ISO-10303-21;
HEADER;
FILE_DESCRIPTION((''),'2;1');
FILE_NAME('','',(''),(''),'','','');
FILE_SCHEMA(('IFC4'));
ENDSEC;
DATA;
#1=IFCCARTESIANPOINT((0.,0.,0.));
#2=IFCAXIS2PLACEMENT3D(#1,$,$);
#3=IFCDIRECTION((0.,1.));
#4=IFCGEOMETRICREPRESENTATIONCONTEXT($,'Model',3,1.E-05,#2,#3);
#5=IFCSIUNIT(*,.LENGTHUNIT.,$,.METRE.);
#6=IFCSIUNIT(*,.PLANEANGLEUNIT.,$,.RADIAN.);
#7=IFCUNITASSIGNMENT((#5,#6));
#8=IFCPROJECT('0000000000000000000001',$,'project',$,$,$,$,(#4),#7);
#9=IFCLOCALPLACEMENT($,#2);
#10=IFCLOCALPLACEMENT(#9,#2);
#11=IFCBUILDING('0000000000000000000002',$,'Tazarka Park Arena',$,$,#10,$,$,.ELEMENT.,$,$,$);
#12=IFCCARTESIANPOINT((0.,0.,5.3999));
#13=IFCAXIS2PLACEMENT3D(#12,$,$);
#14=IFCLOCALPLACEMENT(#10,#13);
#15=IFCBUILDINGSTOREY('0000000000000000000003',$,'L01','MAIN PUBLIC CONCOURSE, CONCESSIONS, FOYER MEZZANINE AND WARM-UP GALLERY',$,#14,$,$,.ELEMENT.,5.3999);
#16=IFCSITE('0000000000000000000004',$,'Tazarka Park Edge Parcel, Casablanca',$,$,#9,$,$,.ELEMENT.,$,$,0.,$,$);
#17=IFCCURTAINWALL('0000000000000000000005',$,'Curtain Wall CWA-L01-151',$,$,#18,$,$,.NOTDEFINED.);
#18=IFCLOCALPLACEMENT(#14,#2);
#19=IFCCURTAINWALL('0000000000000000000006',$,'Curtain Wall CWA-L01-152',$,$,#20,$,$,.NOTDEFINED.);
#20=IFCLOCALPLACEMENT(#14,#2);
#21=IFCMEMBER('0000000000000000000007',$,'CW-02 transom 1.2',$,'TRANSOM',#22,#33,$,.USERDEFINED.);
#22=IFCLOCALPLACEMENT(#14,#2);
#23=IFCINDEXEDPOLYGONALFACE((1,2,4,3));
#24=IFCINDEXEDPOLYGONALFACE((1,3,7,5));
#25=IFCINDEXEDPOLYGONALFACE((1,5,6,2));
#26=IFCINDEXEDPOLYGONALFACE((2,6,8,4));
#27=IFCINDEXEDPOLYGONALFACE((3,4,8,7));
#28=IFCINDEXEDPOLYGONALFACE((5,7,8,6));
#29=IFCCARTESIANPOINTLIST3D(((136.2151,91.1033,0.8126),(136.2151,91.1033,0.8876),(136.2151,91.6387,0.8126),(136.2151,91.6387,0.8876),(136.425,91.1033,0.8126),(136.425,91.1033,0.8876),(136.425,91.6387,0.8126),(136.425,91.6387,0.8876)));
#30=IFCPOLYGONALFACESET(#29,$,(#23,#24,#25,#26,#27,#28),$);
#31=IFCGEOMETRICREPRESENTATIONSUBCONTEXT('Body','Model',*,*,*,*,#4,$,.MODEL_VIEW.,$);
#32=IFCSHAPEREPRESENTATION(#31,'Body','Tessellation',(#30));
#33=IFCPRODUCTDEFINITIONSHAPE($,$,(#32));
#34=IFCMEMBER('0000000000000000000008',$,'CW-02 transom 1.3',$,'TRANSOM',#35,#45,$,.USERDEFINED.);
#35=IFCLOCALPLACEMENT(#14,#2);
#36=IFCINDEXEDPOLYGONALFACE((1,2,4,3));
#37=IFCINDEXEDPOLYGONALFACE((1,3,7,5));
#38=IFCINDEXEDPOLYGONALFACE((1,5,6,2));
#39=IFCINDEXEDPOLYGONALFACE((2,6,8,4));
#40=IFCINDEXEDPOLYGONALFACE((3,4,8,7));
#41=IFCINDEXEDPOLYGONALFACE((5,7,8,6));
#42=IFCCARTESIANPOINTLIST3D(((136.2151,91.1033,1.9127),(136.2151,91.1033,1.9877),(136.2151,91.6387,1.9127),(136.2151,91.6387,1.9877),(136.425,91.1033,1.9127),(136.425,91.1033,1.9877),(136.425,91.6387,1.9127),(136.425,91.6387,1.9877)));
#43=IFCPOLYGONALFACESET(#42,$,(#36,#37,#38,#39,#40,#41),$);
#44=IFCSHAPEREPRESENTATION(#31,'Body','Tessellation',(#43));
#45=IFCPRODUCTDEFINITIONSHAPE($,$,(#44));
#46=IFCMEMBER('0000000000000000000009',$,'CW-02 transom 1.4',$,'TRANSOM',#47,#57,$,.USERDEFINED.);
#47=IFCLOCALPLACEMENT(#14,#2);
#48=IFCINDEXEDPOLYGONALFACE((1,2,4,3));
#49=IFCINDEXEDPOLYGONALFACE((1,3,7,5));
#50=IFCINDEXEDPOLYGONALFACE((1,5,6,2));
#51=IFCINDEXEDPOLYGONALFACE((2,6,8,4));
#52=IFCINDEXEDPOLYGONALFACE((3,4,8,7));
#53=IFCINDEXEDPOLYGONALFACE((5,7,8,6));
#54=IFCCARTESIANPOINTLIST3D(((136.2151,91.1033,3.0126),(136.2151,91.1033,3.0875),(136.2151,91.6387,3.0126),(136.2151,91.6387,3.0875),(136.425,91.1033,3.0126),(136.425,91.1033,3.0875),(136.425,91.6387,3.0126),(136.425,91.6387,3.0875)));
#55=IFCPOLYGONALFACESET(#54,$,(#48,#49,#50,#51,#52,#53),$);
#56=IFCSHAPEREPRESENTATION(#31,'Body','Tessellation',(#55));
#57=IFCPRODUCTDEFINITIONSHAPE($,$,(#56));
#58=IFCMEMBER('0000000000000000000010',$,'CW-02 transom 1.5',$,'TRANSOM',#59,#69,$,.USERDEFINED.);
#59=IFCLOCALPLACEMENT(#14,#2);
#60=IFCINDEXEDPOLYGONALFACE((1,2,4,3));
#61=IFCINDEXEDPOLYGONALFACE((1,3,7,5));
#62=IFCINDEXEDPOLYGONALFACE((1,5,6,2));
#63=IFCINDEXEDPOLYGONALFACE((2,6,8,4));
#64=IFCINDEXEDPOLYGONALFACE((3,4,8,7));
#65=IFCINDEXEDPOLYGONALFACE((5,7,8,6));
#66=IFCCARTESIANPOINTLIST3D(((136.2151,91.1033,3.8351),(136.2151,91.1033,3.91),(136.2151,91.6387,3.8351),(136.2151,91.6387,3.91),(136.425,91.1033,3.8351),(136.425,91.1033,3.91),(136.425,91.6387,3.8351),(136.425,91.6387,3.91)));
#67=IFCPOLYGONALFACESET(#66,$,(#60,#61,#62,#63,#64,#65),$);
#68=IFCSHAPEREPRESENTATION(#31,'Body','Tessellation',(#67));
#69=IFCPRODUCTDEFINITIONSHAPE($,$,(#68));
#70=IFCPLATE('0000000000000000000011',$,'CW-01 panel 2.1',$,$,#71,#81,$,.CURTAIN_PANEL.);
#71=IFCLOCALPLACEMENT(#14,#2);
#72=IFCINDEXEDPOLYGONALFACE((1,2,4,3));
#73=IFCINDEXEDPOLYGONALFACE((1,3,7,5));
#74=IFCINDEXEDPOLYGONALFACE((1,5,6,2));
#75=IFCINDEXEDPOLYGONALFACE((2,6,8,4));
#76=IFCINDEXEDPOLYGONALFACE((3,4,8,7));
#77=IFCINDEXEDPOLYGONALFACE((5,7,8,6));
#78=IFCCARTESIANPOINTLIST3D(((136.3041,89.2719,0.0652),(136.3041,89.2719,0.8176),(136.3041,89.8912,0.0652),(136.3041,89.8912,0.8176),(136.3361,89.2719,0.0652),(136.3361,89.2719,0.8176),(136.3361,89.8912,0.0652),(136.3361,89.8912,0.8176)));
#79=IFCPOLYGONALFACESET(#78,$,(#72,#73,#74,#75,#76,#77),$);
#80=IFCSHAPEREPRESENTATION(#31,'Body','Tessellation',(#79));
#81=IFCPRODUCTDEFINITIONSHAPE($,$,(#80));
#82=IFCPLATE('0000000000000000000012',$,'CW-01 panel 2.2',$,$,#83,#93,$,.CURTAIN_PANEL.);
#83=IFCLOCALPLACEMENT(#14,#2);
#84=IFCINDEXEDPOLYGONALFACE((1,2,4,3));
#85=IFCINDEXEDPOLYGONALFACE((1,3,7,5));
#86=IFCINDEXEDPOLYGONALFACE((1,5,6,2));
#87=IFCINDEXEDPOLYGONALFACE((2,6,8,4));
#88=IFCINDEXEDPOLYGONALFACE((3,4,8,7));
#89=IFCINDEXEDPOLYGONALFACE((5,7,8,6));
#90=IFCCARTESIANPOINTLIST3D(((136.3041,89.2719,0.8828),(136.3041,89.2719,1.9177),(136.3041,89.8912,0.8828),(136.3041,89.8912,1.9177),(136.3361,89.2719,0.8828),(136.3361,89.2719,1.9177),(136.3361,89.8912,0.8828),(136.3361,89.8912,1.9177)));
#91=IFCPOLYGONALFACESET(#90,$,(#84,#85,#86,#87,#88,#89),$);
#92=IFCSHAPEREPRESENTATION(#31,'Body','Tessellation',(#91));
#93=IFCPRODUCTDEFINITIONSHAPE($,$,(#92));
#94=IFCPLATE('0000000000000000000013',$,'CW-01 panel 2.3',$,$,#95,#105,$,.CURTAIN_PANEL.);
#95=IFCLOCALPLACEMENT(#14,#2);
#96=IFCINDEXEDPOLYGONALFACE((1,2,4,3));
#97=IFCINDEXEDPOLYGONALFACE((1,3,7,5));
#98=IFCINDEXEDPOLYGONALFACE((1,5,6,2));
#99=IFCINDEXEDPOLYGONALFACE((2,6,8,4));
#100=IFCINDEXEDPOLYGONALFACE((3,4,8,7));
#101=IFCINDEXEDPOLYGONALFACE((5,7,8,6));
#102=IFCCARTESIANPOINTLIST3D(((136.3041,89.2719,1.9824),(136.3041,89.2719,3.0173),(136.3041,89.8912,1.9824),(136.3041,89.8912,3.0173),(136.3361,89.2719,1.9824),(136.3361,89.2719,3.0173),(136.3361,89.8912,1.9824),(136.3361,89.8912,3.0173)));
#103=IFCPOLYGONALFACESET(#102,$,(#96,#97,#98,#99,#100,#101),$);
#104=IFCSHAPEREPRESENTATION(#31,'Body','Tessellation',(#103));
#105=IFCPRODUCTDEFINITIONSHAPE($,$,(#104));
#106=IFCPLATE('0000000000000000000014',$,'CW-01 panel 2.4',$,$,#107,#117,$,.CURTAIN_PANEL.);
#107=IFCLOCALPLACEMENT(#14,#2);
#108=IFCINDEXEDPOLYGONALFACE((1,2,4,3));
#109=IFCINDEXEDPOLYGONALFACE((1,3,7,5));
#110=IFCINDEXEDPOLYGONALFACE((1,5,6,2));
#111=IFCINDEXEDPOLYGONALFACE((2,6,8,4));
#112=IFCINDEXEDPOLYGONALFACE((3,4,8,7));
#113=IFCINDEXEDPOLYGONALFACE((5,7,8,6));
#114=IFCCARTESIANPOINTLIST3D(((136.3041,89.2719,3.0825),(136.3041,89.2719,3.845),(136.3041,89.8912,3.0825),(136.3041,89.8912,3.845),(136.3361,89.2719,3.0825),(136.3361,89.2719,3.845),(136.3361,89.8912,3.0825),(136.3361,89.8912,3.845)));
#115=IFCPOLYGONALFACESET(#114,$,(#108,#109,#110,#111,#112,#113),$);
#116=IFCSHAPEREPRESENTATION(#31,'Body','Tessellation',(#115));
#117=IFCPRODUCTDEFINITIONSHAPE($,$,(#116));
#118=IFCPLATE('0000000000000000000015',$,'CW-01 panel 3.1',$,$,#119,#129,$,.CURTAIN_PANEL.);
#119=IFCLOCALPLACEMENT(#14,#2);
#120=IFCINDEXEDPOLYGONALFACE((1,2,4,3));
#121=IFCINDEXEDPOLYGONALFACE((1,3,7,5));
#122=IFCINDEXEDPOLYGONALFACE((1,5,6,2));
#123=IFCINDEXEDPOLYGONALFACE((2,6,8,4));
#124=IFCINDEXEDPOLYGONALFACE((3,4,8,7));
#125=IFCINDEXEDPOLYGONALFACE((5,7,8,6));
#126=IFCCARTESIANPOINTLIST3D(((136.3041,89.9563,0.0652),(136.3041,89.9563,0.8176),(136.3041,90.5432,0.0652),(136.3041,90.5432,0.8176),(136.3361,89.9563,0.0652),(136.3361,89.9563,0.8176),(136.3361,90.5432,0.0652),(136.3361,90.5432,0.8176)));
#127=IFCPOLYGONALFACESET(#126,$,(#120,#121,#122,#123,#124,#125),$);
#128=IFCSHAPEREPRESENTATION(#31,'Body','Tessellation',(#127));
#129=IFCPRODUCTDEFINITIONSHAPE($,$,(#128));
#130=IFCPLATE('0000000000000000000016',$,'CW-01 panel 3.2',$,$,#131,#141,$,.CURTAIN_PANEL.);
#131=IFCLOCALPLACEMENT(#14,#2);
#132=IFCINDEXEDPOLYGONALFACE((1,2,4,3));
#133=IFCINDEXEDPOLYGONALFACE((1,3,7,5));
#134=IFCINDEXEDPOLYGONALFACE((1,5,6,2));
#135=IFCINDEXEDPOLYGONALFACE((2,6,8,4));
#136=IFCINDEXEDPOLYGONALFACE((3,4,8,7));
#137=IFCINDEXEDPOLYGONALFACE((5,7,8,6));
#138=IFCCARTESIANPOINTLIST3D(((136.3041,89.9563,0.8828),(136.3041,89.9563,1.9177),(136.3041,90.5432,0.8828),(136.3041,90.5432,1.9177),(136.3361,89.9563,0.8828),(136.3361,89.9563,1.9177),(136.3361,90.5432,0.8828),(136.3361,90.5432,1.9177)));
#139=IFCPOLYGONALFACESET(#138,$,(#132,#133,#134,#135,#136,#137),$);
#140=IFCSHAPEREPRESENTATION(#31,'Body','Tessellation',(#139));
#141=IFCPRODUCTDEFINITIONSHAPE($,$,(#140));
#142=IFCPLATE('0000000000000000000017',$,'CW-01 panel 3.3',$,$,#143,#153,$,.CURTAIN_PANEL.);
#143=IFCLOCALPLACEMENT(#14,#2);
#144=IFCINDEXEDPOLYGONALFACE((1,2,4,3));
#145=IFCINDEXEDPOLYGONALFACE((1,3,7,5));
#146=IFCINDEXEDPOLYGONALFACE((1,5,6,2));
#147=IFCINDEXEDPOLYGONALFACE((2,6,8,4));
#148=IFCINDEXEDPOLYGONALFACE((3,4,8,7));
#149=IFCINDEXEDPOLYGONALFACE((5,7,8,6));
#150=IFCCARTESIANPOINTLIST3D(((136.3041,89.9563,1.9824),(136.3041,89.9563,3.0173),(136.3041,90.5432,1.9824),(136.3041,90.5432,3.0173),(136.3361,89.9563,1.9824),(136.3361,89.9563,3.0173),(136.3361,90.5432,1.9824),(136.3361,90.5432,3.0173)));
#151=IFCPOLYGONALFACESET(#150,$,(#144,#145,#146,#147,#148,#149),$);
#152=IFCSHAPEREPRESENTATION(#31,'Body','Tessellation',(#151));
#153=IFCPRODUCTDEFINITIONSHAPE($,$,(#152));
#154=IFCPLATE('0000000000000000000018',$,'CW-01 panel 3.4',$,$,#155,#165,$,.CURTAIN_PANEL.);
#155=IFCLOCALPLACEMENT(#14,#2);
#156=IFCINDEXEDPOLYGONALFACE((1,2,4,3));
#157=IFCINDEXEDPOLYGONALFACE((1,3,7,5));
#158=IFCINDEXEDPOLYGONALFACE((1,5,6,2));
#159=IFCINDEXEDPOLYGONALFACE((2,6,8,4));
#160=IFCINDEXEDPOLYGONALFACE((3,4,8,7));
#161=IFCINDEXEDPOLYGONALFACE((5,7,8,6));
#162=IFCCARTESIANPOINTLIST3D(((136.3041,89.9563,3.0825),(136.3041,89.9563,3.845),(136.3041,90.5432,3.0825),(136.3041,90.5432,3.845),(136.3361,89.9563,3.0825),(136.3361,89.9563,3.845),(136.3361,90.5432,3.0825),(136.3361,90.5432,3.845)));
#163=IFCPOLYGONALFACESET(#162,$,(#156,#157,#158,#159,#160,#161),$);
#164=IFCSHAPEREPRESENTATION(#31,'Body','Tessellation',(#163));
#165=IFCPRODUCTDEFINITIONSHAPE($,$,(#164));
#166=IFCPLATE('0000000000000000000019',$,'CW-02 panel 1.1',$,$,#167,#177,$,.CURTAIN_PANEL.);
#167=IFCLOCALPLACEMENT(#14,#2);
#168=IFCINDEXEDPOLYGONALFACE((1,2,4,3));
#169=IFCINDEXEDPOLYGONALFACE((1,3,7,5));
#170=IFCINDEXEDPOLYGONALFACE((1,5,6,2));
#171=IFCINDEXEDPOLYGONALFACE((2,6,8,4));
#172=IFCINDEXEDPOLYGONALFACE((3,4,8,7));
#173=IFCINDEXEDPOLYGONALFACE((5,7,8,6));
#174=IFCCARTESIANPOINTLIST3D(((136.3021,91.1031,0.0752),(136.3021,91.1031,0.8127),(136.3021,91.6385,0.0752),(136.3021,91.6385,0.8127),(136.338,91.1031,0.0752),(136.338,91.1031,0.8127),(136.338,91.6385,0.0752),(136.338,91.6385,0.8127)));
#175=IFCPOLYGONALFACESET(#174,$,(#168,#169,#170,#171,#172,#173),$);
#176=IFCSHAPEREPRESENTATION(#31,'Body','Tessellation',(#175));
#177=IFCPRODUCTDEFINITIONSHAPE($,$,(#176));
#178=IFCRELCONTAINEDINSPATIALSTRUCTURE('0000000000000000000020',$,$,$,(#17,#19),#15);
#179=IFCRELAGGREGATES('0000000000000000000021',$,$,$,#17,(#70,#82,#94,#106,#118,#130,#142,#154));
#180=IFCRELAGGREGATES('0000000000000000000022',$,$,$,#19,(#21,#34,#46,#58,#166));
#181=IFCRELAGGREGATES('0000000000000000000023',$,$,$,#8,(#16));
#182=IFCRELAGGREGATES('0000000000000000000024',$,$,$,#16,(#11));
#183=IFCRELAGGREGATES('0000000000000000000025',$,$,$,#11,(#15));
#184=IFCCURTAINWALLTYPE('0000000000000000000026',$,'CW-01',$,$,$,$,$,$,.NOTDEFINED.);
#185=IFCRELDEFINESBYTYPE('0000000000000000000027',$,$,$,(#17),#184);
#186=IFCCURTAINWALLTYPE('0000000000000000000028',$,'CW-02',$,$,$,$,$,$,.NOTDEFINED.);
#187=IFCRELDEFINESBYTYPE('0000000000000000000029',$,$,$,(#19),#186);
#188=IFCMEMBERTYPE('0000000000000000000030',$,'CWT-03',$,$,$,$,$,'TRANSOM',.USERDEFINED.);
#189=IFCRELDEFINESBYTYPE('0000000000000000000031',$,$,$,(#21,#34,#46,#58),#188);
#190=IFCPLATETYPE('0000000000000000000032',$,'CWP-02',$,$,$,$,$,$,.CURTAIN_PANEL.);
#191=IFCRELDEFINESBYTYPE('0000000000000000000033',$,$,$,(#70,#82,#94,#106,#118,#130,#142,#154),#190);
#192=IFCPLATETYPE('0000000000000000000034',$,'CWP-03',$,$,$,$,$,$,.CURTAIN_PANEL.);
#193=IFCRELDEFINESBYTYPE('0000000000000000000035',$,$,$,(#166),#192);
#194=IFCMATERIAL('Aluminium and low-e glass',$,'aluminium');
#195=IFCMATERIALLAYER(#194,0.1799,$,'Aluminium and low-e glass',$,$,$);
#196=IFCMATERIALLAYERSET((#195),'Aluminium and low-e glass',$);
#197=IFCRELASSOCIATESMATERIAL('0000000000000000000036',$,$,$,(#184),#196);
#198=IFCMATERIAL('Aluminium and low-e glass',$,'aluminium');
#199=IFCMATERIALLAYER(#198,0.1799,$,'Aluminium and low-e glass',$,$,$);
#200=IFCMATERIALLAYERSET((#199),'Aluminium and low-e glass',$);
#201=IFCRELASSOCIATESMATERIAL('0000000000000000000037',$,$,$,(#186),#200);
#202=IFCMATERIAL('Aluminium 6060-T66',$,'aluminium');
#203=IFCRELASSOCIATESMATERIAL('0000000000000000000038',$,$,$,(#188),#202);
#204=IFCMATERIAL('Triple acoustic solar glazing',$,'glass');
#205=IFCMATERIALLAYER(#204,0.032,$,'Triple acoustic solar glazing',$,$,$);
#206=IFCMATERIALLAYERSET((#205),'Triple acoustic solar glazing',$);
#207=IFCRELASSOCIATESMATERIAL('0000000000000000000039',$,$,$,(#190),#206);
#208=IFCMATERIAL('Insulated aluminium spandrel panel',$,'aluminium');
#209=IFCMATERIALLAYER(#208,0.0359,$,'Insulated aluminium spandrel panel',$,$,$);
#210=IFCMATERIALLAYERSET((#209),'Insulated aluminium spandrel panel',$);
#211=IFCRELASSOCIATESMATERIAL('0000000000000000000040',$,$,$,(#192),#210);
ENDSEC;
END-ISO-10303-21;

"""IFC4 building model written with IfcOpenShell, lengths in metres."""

from ifc_helpers import new_model, si_unit, direction, frame, origin, origin_2d, place, context, subcontext, project, spatial, rectangle, extrude, material, layer, layer_set, material_profile, profile_set, type_object, element, aggregate, save


model = new_model("IFC4")

# Units and contexts
model_context = context("Model", 3, precision=1e-05, world=origin(), true_north=direction((0.0, 1.0)))
body_context = subcontext(model_context, "Body", "Model", "MODEL_VIEW")
ifc_project = project(units=[si_unit("LENGTHUNIT", "METRE"), si_unit("PLANEANGLEUNIT", "RADIAN")], contexts=[model_context])

# Site, building, storey
site_placement = place(None, origin())
site = spatial("IfcSite", under=ifc_project, at=site_placement, Name="Tazarka Park Edge Parcel, Casablanca", CompositionType="ELEMENT", RefElevation=0.0)
building_placement = place(site_placement, origin())
building = spatial("IfcBuilding", under=site, at=building_placement, Name="Tazarka Park Arena", CompositionType="ELEMENT")
storey_placement = place(building_placement, frame((0.0, 0.0, 5.3999)))
storey = spatial("IfcBuildingStorey", under=building, at=storey_placement, Name="L01", Description="MAIN PUBLIC CONCOURSE, CONCESSIONS, FOYER MEZZANINE AND WARM-UP GALLERY", CompositionType="ELEMENT", Elevation=5.3999)

# Curtain wall
ifc_material_1 = material(Name="Aluminium and low-e glass", Category="aluminium")
ifc_layer_1 = layer(ifc_material_1, 0.1799, Name="Aluminium and low-e glass")
ifc_layer_set_1 = layer_set([ifc_layer_1], Name="Aluminium and low-e glass")
curtain_wall_type_1 = type_object("IfcCurtainWallType", Name="CW-01", PredefinedType="NOTDEFINED", material=ifc_layer_set_1)
curtain_wall_1_placement = place(storey_placement, origin())
curtain_wall_1 = element("IfcCurtainWall", 1, at=curtain_wall_1_placement, inside=storey, type_object=curtain_wall_type_1, Name="Curtain Wall CWA-L01-151", PredefinedType="NOTDEFINED")

# Curtain wall
ifc_material_2 = material(Name="Aluminium and low-e glass", Category="aluminium")
ifc_layer_2 = layer(ifc_material_2, 0.1799, Name="Aluminium and low-e glass")
ifc_layer_set_2 = layer_set([ifc_layer_2], Name="Aluminium and low-e glass")
curtain_wall_type_2 = type_object("IfcCurtainWallType", Name="CW-02", PredefinedType="NOTDEFINED", material=ifc_layer_set_2)
curtain_wall_2_placement = place(storey_placement, origin())
curtain_wall_2 = element("IfcCurtainWall", 2, at=curtain_wall_2_placement, inside=storey, type_object=curtain_wall_type_2, Name="Curtain Wall CWA-L01-152", PredefinedType="NOTDEFINED")

# Members
ifc_material_3 = material(Name="Aluminium 6060-T66", Category="aluminium")
ifc_material_profile_1 = material_profile(ifc_material_3, rectangle(XDim=0.21, YDim=0.075, at=origin_2d()), Name="Aluminium 6060-T66")
ifc_profile_set_1 = profile_set([ifc_material_profile_1], Name="Aluminium 6060-T66")
member_type_1 = type_object("IfcMemberType", Name="CWT-03", ElementType="TRANSOM", PredefinedType="USERDEFINED", material=ifc_profile_set_1)
member_1_placement = place(storey_placement, frame((136.3201, 91.1033, 0.8501), z_axis=(0.0, 1.0, 0.0), x_axis=(-1.0, 0.0, 0.0)))
member_1 = element("IfcMember", 3, at=member_1_placement, type_object=member_type_1, Name="CW-02 transom 1.2", ObjectType="TRANSOM", PredefinedType="USERDEFINED", context=body_context, shape_type="SweptSolid", body=[
    extrude(rectangle(XDim=0.21, YDim=0.075, at=origin_2d()), origin(), (0.0, 0.0, 1.0), 0.5354),
])
member_2_placement = place(storey_placement, frame((136.3201, 91.1033, 1.9502), z_axis=(0.0, 1.0, 0.0), x_axis=(-1.0, 0.0, 0.0)))
member_2 = element("IfcMember", 4, at=member_2_placement, type_object=member_type_1, Name="CW-02 transom 1.3", ObjectType="TRANSOM", PredefinedType="USERDEFINED", context=body_context, shape_type="SweptSolid", body=[
    extrude(rectangle(XDim=0.21, YDim=0.075, at=origin_2d()), origin(), (0.0, 0.0, 1.0), 0.5354),
])
member_3_placement = place(storey_placement, frame((136.3201, 91.1033, 3.05), z_axis=(0.0, 1.0, 0.0), x_axis=(-1.0, 0.0, 0.0)))
member_3 = element("IfcMember", 5, at=member_3_placement, type_object=member_type_1, Name="CW-02 transom 1.4", ObjectType="TRANSOM", PredefinedType="USERDEFINED", context=body_context, shape_type="SweptSolid", body=[
    extrude(rectangle(XDim=0.21, YDim=0.075, at=origin_2d()), origin(), (0.0, 0.0, 1.0), 0.5354),
])
member_4_placement = place(storey_placement, frame((136.3201, 91.1033, 3.8726), z_axis=(0.0, 1.0, 0.0), x_axis=(-1.0, 0.0, 0.0)))
member_4 = element("IfcMember", 6, at=member_4_placement, type_object=member_type_1, Name="CW-02 transom 1.5", ObjectType="TRANSOM", PredefinedType="USERDEFINED", context=body_context, shape_type="SweptSolid", body=[
    extrude(rectangle(XDim=0.21, YDim=0.075, at=origin_2d()), origin(), (0.0, 0.0, 1.0), 0.5354),
])

# Plates
ifc_material_4 = material(Name="Triple acoustic solar glazing", Category="glass")
ifc_layer_3 = layer(ifc_material_4, 0.032, Name="Triple acoustic solar glazing")
ifc_layer_set_3 = layer_set([ifc_layer_3], Name="Triple acoustic solar glazing")
plate_type_1 = type_object("IfcPlateType", Name="CWP-02", PredefinedType="CURTAIN_PANEL", material=ifc_layer_set_3)
plate_1_placement = place(storey_placement, frame((136.3201, 89.5815, 0.0652), z_axis=(0.0, 0.0, 1.0), x_axis=(0.0, 1.0, 0.0)))
plate_1 = element("IfcPlate", 7, at=plate_1_placement, type_object=plate_type_1, Name="CW-01 panel 2.1", PredefinedType="CURTAIN_PANEL", context=body_context, shape_type="SweptSolid", body=[
    extrude(rectangle(XDim=0.6194, YDim=0.032, at=origin_2d()), origin(), (0.0, 0.0, 1.0), 0.7524),
])
plate_2_placement = place(storey_placement, frame((136.3201, 89.5815, 0.8828), z_axis=(0.0, 0.0, 1.0), x_axis=(0.0, 1.0, 0.0)))
plate_2 = element("IfcPlate", 8, at=plate_2_placement, type_object=plate_type_1, Name="CW-01 panel 2.2", PredefinedType="CURTAIN_PANEL", context=body_context, shape_type="SweptSolid", body=[
    extrude(rectangle(XDim=0.6194, YDim=0.032, at=origin_2d()), origin(), (0.0, 0.0, 1.0), 1.0349),
])
plate_3_placement = place(storey_placement, frame((136.3201, 89.5815, 1.9824), z_axis=(0.0, 0.0, 1.0), x_axis=(0.0, 1.0, 0.0)))
plate_3 = element("IfcPlate", 9, at=plate_3_placement, type_object=plate_type_1, Name="CW-01 panel 2.3", PredefinedType="CURTAIN_PANEL", context=body_context, shape_type="SweptSolid", body=[
    extrude(rectangle(XDim=0.6194, YDim=0.032, at=origin_2d()), origin(), (0.0, 0.0, 1.0), 1.0349),
])
plate_4_placement = place(storey_placement, frame((136.3201, 89.5815, 3.0825), z_axis=(0.0, 0.0, 1.0), x_axis=(0.0, 1.0, 0.0)))
plate_4 = element("IfcPlate", 10, at=plate_4_placement, type_object=plate_type_1, Name="CW-01 panel 2.4", PredefinedType="CURTAIN_PANEL", context=body_context, shape_type="SweptSolid", body=[
    extrude(rectangle(XDim=0.6194, YDim=0.032, at=origin_2d()), origin(), (0.0, 0.0, 1.0), 0.7625),
])
plate_5_placement = place(storey_placement, frame((136.3201, 90.2498, 0.0652), z_axis=(0.0, 0.0, 1.0), x_axis=(0.0, 1.0, 0.0)))
plate_5 = element("IfcPlate", 11, at=plate_5_placement, type_object=plate_type_1, Name="CW-01 panel 3.1", PredefinedType="CURTAIN_PANEL", context=body_context, shape_type="SweptSolid", body=[
    extrude(rectangle(XDim=0.5869, YDim=0.032, at=origin_2d()), origin(), (0.0, 0.0, 1.0), 0.7524),
])
plate_6_placement = place(storey_placement, frame((136.3201, 90.2498, 0.8828), z_axis=(0.0, 0.0, 1.0), x_axis=(0.0, 1.0, 0.0)))
plate_6 = element("IfcPlate", 12, at=plate_6_placement, type_object=plate_type_1, Name="CW-01 panel 3.2", PredefinedType="CURTAIN_PANEL", context=body_context, shape_type="SweptSolid", body=[
    extrude(rectangle(XDim=0.5869, YDim=0.032, at=origin_2d()), origin(), (0.0, 0.0, 1.0), 1.0349),
])
plate_7_placement = place(storey_placement, frame((136.3201, 90.2498, 1.9824), z_axis=(0.0, 0.0, 1.0), x_axis=(0.0, 1.0, 0.0)))
plate_7 = element("IfcPlate", 13, at=plate_7_placement, type_object=plate_type_1, Name="CW-01 panel 3.3", PredefinedType="CURTAIN_PANEL", context=body_context, shape_type="SweptSolid", body=[
    extrude(rectangle(XDim=0.5869, YDim=0.032, at=origin_2d()), origin(), (0.0, 0.0, 1.0), 1.0349),
])
plate_8_placement = place(storey_placement, frame((136.3201, 90.2498, 3.0825), z_axis=(0.0, 0.0, 1.0), x_axis=(0.0, 1.0, 0.0)))
plate_8 = element("IfcPlate", 14, at=plate_8_placement, type_object=plate_type_1, Name="CW-01 panel 3.4", PredefinedType="CURTAIN_PANEL", context=body_context, shape_type="SweptSolid", body=[
    extrude(rectangle(XDim=0.5869, YDim=0.032, at=origin_2d()), origin(), (0.0, 0.0, 1.0), 0.7625),
])
aggregate(curtain_wall_1, [plate_1, plate_2, plate_3, plate_4, plate_5, plate_6, plate_7, plate_8])
ifc_material_5 = material(Name="Insulated aluminium spandrel panel", Category="aluminium")
ifc_layer_4 = layer(ifc_material_5, 0.0359, Name="Insulated aluminium spandrel panel")
ifc_layer_set_4 = layer_set([ifc_layer_4], Name="Insulated aluminium spandrel panel")
plate_type_2 = type_object("IfcPlateType", Name="CWP-03", PredefinedType="CURTAIN_PANEL", material=ifc_layer_set_4)
plate_9_placement = place(storey_placement, frame((136.3201, 91.3708, 0.0752), z_axis=(0.0, 0.0, 1.0), x_axis=(0.0, 1.0, 0.0)))
plate_9 = element("IfcPlate", 15, at=plate_9_placement, type_object=plate_type_2, Name="CW-02 panel 1.1", PredefinedType="CURTAIN_PANEL", context=body_context, shape_type="SweptSolid", body=[
    extrude(rectangle(XDim=0.5354, YDim=0.0359, at=origin_2d()), origin(), (0.0, 0.0, 1.0), 0.7375),
])
aggregate(curtain_wall_2, [member_1, member_2, member_3, member_4, plate_9])

save(model, "model.ifc")
